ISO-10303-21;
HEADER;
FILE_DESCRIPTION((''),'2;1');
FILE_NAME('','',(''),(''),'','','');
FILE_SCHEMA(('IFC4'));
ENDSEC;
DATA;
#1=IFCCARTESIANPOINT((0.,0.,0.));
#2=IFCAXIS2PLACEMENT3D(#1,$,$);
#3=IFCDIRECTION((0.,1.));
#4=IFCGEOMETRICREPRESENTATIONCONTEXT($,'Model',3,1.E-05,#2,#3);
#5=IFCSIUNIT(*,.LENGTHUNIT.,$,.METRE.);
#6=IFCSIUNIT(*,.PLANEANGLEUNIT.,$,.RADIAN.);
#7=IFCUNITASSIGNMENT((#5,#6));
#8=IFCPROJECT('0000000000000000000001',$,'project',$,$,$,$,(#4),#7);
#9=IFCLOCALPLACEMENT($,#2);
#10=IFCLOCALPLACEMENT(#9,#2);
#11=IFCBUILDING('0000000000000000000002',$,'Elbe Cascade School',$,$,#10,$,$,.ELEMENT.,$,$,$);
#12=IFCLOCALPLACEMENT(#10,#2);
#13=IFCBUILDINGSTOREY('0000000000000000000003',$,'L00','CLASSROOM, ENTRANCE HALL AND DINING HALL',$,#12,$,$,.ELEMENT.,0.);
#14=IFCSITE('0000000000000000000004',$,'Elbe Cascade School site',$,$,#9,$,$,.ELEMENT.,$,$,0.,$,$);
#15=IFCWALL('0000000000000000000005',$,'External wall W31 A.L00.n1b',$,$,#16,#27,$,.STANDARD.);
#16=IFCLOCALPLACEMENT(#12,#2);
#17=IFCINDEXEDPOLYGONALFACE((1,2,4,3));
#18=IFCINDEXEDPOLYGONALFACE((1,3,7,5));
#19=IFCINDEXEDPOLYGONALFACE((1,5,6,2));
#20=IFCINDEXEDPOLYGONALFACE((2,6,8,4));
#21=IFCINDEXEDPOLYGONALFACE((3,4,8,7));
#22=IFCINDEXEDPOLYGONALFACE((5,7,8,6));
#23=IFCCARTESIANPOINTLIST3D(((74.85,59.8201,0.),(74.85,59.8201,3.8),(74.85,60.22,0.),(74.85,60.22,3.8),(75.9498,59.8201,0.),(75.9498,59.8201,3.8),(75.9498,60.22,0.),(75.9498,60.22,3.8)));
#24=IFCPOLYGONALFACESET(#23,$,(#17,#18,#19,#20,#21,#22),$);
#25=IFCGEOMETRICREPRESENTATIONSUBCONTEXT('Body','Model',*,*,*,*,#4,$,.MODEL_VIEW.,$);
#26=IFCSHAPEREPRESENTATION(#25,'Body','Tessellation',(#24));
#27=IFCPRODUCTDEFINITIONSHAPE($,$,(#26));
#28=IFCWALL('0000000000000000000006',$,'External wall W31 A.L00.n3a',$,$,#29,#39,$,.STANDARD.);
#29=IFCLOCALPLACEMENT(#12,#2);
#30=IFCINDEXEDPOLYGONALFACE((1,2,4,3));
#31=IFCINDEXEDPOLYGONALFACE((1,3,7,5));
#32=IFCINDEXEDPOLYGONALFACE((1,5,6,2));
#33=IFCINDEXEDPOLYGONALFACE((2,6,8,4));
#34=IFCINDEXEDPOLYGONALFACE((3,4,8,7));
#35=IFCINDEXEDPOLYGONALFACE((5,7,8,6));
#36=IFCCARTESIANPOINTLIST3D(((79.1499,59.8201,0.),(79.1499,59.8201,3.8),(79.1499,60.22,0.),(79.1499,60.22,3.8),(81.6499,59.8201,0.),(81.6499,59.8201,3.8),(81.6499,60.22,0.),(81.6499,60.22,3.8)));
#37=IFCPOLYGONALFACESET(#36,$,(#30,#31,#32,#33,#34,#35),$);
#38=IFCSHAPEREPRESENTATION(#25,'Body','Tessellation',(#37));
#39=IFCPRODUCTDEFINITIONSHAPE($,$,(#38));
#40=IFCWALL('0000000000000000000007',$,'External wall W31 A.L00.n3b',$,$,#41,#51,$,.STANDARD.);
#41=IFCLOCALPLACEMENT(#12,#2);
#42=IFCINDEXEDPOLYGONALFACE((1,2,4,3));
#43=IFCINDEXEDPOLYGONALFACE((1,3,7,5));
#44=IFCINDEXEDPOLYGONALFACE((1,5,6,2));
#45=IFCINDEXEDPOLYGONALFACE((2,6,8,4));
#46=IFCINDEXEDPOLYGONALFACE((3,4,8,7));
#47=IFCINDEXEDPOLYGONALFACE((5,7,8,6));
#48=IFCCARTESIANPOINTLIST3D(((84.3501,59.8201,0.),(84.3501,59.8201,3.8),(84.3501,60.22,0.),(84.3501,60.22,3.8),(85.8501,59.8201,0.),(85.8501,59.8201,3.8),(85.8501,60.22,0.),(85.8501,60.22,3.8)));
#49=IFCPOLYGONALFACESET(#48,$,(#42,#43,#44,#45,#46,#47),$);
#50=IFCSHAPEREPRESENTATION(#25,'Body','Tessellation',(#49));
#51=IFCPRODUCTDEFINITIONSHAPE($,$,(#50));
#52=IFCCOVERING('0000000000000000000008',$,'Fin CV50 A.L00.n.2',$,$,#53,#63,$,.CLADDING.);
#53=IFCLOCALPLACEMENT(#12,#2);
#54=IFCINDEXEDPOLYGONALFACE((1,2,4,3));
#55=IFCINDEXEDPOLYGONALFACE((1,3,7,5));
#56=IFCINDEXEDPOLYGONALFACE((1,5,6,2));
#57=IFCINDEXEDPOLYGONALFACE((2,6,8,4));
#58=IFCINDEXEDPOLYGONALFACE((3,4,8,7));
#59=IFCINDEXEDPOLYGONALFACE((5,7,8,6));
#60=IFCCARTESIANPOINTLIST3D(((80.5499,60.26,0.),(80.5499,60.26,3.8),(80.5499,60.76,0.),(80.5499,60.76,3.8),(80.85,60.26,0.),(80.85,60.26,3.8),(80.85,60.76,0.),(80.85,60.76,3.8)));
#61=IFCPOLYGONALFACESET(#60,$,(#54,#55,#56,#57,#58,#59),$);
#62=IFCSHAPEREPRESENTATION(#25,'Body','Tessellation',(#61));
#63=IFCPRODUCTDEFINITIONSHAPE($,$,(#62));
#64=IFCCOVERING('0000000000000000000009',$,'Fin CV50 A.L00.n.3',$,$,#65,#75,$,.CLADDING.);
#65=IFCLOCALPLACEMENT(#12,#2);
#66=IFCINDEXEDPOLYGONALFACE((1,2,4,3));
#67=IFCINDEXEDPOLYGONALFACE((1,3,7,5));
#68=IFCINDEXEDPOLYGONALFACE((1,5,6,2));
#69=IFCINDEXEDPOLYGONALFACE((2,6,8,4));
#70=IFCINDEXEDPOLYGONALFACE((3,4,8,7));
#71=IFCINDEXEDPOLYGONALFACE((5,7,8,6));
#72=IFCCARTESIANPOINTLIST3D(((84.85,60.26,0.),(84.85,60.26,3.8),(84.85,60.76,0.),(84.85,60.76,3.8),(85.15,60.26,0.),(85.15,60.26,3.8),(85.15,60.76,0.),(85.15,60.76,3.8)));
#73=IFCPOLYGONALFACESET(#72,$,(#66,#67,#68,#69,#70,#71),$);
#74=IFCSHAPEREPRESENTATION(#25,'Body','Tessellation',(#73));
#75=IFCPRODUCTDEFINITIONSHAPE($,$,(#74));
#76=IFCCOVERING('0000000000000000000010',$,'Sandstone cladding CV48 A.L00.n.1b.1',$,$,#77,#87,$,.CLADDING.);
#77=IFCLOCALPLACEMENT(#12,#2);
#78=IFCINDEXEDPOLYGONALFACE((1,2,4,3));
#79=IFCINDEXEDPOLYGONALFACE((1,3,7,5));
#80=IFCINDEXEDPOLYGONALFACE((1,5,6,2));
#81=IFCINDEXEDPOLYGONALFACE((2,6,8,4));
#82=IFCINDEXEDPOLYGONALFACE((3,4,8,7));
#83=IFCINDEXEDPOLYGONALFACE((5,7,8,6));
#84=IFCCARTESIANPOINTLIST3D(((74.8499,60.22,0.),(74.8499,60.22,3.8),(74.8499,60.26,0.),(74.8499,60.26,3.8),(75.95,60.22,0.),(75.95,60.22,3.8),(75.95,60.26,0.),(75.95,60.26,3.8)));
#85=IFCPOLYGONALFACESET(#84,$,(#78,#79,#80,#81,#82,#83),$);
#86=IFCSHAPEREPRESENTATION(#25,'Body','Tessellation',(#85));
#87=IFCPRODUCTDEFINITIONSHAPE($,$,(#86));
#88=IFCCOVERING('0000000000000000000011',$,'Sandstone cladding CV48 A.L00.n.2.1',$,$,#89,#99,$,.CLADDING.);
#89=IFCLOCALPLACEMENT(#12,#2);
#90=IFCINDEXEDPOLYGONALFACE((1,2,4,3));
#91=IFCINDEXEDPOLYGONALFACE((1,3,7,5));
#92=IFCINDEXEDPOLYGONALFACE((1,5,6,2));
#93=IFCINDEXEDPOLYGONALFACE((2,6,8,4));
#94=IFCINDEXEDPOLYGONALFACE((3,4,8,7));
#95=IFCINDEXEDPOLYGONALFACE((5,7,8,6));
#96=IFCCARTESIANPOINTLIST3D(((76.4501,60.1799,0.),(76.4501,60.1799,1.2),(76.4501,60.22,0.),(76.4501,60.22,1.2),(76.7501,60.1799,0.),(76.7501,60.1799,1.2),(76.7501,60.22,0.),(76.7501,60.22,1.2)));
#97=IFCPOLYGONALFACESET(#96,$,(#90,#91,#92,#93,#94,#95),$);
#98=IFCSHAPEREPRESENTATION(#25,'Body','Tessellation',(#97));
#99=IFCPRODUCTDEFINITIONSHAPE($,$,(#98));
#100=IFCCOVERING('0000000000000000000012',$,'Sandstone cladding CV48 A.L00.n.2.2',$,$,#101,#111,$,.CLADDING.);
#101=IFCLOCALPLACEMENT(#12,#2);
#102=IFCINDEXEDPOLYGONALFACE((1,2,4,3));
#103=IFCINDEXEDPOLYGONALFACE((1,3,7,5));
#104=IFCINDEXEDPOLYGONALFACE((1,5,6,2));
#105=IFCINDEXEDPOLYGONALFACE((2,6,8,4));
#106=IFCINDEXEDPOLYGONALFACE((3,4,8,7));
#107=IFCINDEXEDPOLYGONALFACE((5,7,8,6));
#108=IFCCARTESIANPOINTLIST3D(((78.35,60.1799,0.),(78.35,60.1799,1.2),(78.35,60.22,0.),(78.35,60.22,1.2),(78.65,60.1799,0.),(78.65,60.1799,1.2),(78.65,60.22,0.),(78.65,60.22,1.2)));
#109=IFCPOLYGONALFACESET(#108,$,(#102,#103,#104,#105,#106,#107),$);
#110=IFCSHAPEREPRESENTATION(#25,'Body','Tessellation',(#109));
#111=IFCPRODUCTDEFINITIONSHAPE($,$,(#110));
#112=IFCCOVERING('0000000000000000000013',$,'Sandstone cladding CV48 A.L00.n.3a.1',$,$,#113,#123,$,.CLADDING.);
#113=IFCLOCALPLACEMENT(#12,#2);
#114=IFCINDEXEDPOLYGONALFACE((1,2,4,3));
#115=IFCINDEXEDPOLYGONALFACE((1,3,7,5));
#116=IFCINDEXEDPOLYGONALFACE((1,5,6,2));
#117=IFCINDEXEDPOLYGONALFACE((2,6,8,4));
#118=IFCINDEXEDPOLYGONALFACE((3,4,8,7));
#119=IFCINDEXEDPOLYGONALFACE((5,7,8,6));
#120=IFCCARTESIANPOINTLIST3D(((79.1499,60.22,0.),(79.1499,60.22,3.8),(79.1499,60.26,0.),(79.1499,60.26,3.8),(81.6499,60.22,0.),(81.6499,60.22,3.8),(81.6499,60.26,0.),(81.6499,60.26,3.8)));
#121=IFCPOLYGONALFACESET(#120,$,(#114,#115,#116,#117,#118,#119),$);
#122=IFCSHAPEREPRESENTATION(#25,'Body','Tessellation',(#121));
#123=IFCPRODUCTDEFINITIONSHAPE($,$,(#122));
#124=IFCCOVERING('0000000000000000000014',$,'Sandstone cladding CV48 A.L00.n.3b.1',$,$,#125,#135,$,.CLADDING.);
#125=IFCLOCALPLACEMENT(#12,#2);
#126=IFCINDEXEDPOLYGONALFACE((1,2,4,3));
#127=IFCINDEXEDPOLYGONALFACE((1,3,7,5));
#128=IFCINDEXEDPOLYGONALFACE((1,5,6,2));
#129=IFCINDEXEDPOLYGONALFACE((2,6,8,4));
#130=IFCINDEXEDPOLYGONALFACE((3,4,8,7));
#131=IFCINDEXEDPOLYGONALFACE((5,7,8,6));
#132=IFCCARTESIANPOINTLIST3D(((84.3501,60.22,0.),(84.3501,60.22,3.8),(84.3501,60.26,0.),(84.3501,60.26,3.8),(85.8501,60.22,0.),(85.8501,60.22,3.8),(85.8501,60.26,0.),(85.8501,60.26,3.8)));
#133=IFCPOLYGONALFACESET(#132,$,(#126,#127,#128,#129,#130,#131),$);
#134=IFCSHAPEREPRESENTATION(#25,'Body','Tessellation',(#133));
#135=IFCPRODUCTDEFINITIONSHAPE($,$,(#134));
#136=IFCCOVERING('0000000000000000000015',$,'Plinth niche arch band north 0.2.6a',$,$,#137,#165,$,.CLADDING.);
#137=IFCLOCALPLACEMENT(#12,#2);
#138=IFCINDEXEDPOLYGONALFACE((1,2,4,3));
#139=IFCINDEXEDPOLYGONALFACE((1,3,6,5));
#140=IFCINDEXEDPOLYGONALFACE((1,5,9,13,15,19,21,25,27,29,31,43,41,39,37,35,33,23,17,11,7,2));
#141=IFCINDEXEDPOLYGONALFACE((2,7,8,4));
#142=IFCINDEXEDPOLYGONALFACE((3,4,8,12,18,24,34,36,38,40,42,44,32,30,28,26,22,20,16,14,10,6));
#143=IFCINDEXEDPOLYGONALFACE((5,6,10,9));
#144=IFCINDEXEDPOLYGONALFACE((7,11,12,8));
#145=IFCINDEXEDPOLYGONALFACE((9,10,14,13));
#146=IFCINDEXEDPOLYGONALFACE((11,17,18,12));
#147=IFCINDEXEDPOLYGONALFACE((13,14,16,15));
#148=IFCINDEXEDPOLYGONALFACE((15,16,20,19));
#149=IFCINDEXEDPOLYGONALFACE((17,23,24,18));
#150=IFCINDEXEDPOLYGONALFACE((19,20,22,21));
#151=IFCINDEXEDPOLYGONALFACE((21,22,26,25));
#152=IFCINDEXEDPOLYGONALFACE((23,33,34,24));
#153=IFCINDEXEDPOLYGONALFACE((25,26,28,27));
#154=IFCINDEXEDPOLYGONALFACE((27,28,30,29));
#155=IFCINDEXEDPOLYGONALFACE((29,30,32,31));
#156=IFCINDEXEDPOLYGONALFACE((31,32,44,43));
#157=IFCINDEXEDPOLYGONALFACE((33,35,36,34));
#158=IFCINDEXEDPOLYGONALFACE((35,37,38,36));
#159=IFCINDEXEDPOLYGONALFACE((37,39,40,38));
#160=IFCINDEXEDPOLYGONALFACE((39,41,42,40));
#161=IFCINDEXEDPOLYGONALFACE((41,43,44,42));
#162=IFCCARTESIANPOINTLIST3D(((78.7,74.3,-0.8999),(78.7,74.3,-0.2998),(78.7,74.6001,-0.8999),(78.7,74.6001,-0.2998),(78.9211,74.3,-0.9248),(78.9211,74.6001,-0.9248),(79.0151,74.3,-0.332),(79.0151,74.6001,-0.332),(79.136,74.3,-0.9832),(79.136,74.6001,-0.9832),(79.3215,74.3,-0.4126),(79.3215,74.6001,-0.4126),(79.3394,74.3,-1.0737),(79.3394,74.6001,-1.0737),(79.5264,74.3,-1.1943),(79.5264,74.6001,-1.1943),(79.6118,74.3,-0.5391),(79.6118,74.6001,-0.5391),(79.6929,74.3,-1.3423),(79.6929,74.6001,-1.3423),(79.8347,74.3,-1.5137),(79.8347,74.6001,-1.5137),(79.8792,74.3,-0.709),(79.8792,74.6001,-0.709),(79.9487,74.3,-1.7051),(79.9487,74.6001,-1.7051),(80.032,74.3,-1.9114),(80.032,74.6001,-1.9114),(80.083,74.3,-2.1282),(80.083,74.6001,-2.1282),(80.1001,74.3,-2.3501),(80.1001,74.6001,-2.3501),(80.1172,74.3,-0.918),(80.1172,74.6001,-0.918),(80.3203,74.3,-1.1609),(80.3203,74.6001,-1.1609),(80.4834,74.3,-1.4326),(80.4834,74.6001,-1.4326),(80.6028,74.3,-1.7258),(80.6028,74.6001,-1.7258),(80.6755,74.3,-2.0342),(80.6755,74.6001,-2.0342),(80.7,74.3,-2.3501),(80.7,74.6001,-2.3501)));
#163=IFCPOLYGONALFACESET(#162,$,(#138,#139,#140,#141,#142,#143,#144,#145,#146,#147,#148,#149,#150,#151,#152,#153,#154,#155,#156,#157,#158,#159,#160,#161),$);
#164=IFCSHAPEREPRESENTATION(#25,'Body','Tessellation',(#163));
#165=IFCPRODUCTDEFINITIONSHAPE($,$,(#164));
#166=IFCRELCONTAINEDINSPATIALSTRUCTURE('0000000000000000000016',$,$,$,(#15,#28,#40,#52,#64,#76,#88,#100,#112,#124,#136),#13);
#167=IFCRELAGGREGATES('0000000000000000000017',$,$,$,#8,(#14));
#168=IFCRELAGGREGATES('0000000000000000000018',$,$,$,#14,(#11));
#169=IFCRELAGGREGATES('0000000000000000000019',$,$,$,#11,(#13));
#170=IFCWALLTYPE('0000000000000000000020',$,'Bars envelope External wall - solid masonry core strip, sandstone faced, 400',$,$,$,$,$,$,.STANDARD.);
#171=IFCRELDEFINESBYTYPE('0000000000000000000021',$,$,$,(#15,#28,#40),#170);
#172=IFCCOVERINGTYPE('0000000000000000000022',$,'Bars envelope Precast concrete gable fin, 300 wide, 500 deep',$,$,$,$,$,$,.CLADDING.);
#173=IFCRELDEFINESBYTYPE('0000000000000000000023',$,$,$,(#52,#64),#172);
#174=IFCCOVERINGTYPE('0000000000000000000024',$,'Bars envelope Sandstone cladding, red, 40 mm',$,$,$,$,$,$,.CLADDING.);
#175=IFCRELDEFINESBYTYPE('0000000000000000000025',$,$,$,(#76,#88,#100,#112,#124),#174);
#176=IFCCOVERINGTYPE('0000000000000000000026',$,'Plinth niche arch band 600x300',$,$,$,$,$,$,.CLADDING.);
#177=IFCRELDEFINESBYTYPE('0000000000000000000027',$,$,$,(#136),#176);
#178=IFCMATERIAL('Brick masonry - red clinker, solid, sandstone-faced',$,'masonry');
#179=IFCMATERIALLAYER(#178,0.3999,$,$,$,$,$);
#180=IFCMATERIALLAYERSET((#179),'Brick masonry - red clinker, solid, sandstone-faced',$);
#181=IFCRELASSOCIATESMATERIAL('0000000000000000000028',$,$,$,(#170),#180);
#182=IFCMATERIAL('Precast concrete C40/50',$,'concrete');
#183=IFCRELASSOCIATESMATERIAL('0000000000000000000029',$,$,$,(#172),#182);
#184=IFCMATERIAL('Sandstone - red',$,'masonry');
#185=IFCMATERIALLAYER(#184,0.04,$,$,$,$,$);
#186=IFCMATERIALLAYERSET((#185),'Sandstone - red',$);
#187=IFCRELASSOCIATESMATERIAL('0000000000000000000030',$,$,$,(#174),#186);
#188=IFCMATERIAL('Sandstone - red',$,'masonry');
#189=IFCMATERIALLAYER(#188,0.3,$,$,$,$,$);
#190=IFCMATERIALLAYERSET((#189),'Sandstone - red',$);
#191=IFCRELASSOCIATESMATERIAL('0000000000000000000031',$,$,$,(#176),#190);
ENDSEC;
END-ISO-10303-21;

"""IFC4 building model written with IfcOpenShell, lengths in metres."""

from ifc_helpers import new_model, si_unit, direction, frame, frame_2d, origin, origin_2d, place, context, subcontext, project, spatial, polyline, rectangle, outline, extrude, material, layer, layer_set, type_object, element, save


model = new_model("IFC4")

# Units and contexts
model_context = context("Model", 3, precision=1e-05, world=origin(), true_north=direction((0.0, 1.0)))
body_context = subcontext(model_context, "Body", "Model", "MODEL_VIEW")
ifc_project = project(units=[si_unit("LENGTHUNIT", "METRE"), si_unit("PLANEANGLEUNIT", "RADIAN")], contexts=[model_context])

# Site, building, storey
site_placement = place(None, origin())
site = spatial("IfcSite", under=ifc_project, at=site_placement, Name="Elbe Cascade School site", CompositionType="ELEMENT", RefElevation=0.0)
building_placement = place(site_placement, origin())
building = spatial("IfcBuilding", under=site, at=building_placement, Name="Elbe Cascade School", CompositionType="ELEMENT")
storey_placement = place(building_placement, origin())
storey = spatial("IfcBuildingStorey", under=building, at=storey_placement, Name="L00", Description="CLASSROOM, ENTRANCE HALL AND DINING HALL", CompositionType="ELEMENT", Elevation=0.0)

# Walls
ifc_material_1 = material(Name="Brick masonry - red clinker, solid, sandstone-faced", Category="masonry")
ifc_layer_1 = layer(ifc_material_1, 0.3999)
ifc_layer_set_1 = layer_set([ifc_layer_1], Name="Brick masonry - red clinker, solid, sandstone-faced")
wall_type = type_object("IfcWallType", Name="Bars envelope External wall - solid masonry core strip, sandstone faced, 400", PredefinedType="STANDARD", material=ifc_layer_set_1)
wall_1_placement = place(storey_placement, frame((74.8501, 60.02, 0.0), z_axis=(0.0, 0.0, 1.0), x_axis=(1.0, 0.0, 0.0)))
element("IfcWall", 1, at=wall_1_placement, inside=storey, type_object=wall_type, Name="External wall W31 A.L00.n1b", PredefinedType="STANDARD", context=body_context, shape_type="SweptSolid", body=[
    extrude(rectangle(XDim=1.0999, YDim=0.3999, at=frame_2d((0.5498, 0.0))), origin(), (0.0, 0.0, 1.0), 3.8),
])
wall_2_placement = place(storey_placement, frame((79.1499, 60.02, 0.0), z_axis=(0.0, 0.0, 1.0), x_axis=(1.0, 0.0, 0.0)))
element("IfcWall", 2, at=wall_2_placement, inside=storey, type_object=wall_type, Name="External wall W31 A.L00.n3a", PredefinedType="STANDARD", context=body_context, shape_type="SweptSolid", body=[
    extrude(rectangle(XDim=2.5, YDim=0.3999, at=frame_2d((1.25, 0.0))), origin(), (0.0, 0.0, 1.0), 3.8),
])
wall_3_placement = place(storey_placement, frame((84.3501, 60.02, 0.0), z_axis=(0.0, 0.0, 1.0), x_axis=(1.0, 0.0, 0.0)))
element("IfcWall", 3, at=wall_3_placement, inside=storey, type_object=wall_type, Name="External wall W31 A.L00.n3b", PredefinedType="STANDARD", context=body_context, shape_type="SweptSolid", body=[
    extrude(rectangle(XDim=1.5, YDim=0.3999, at=frame_2d((0.75, 0.0))), origin(), (0.0, 0.0, 1.0), 3.8),
])

# Coverings
ifc_material_2 = material(Name="Precast concrete C40/50", Category="concrete")
covering_type_1 = type_object("IfcCoveringType", Name="Bars envelope Precast concrete gable fin, 300 wide, 500 deep", PredefinedType="CLADDING", material=ifc_material_2)
for number, where, z_axis, x_axis, name in (
    (4, (80.7, 60.51, 0.0), (0.0, 0.0, 1.0), (1.0, 0.0, 0.0), "Fin CV50 A.L00.n.2"),
    (5, (85.0, 60.51, 0.0), (0.0, 0.0, 1.0), (1.0, 0.0, 0.0), "Fin CV50 A.L00.n.3"),
):
    element("IfcCovering", number, at=place(storey_placement, frame(where, z_axis=z_axis, x_axis=x_axis)), inside=storey, type_object=covering_type_1, Name=name, PredefinedType="CLADDING", context=body_context, shape_type="SweptSolid", body=[
        extrude(rectangle(XDim=0.3, YDim=0.5, at=origin_2d()), origin(), (0.0, 0.0, 1.0), 3.8),
    ])
ifc_material_3 = material(Name="Sandstone - red", Category="masonry")
ifc_layer_2 = layer(ifc_material_3, 0.04)
ifc_layer_set_2 = layer_set([ifc_layer_2], Name="Sandstone - red")
covering_type_2 = type_object("IfcCoveringType", Name="Bars envelope Sandstone cladding, red, 40 mm", PredefinedType="CLADDING", material=ifc_layer_set_2)
covering_1_placement = place(storey_placement, frame((75.3999, 60.24, 0.0), z_axis=(0.0, 0.0, 1.0), x_axis=(1.0, 0.0, 0.0)))
element("IfcCovering", 6, at=covering_1_placement, inside=storey, type_object=covering_type_2, Name="Sandstone cladding CV48 A.L00.n.1b.1", PredefinedType="CLADDING", context=body_context, shape_type="SweptSolid", body=[
    extrude(rectangle(XDim=1.1001, YDim=0.04, at=origin_2d()), origin(), (0.0, 0.0, 1.0), 3.8),
])
for number, where, z_axis, x_axis, name in (
    (7, (76.6001, 60.2, 0.0), (0.0, 0.0, 1.0), (1.0, 0.0, 0.0), "Sandstone cladding CV48 A.L00.n.2.1"),
    (8, (78.5, 60.2, 0.0), (0.0, 0.0, 1.0), (1.0, 0.0, 0.0), "Sandstone cladding CV48 A.L00.n.2.2"),
):
    element("IfcCovering", number, at=place(storey_placement, frame(where, z_axis=z_axis, x_axis=x_axis)), inside=storey, type_object=covering_type_2, Name=name, PredefinedType="CLADDING", context=body_context, shape_type="SweptSolid", body=[
        extrude(rectangle(XDim=0.3, YDim=0.04, at=origin_2d()), origin(), (0.0, 0.0, 1.0), 1.2),
    ])
covering_2_placement = place(storey_placement, frame((80.3999, 60.24, 0.0), z_axis=(0.0, 0.0, 1.0), x_axis=(1.0, 0.0, 0.0)))
element("IfcCovering", 9, at=covering_2_placement, inside=storey, type_object=covering_type_2, Name="Sandstone cladding CV48 A.L00.n.3a.1", PredefinedType="CLADDING", context=body_context, shape_type="SweptSolid", body=[
    extrude(rectangle(XDim=2.5, YDim=0.04, at=origin_2d()), origin(), (0.0, 0.0, 1.0), 3.8),
])
covering_3_placement = place(storey_placement, frame((85.1001, 60.24, 0.0), z_axis=(0.0, 0.0, 1.0), x_axis=(1.0, 0.0, 0.0)))
element("IfcCovering", 10, at=covering_3_placement, inside=storey, type_object=covering_type_2, Name="Sandstone cladding CV48 A.L00.n.3b.1", PredefinedType="CLADDING", context=body_context, shape_type="SweptSolid", body=[
    extrude(rectangle(XDim=1.5, YDim=0.04, at=origin_2d()), origin(), (0.0, 0.0, 1.0), 3.8),
])
ifc_material_4 = material(Name="Sandstone - red", Category="masonry")
ifc_layer_3 = layer(ifc_material_4, 0.3)
ifc_layer_set_3 = layer_set([ifc_layer_3], Name="Sandstone - red")
covering_type_3 = type_object("IfcCoveringType", Name="Plinth niche arch band 600x300", PredefinedType="CLADDING", material=ifc_layer_set_3)
covering_4_placement = place(storey_placement, frame((80.7, 74.6001, -2.3501), z_axis=(0.0, 1.0, 0.0), x_axis=(-1.0, 0.0, 0.0)))
element("IfcCovering", 11, at=covering_4_placement, inside=storey, type_object=covering_type_3, Name="Plinth niche arch band north 0.2.6a", PredefinedType="CLADDING", context=body_context, shape_type="SweptSolid", body=[
    extrude(outline(polyline([(0.0, 0.0), (0.5999, 0.0), (0.6169, 0.2219), (0.668, 0.4387), (0.7512, 0.645), (0.8652, 0.8364), (1.0071, 1.0078), (1.1736, 1.1558), (1.3606, 1.2764), (1.564, 1.3669), (1.7788, 1.4253), (2.0, 1.4502), (2.0, 2.0503), (1.6848, 2.0181), (1.3784, 1.9375), (1.0881, 1.811), (0.8208, 1.6411), (0.5828, 1.4321), (0.3796, 1.1892), (0.2166, 0.9175), (0.0972, 0.6243), (0.0244, 0.3159), (0.0, 0.0)])), origin(), (0.0, 0.0, -1.0), 0.3),
])

save(model, "model.ifc")
